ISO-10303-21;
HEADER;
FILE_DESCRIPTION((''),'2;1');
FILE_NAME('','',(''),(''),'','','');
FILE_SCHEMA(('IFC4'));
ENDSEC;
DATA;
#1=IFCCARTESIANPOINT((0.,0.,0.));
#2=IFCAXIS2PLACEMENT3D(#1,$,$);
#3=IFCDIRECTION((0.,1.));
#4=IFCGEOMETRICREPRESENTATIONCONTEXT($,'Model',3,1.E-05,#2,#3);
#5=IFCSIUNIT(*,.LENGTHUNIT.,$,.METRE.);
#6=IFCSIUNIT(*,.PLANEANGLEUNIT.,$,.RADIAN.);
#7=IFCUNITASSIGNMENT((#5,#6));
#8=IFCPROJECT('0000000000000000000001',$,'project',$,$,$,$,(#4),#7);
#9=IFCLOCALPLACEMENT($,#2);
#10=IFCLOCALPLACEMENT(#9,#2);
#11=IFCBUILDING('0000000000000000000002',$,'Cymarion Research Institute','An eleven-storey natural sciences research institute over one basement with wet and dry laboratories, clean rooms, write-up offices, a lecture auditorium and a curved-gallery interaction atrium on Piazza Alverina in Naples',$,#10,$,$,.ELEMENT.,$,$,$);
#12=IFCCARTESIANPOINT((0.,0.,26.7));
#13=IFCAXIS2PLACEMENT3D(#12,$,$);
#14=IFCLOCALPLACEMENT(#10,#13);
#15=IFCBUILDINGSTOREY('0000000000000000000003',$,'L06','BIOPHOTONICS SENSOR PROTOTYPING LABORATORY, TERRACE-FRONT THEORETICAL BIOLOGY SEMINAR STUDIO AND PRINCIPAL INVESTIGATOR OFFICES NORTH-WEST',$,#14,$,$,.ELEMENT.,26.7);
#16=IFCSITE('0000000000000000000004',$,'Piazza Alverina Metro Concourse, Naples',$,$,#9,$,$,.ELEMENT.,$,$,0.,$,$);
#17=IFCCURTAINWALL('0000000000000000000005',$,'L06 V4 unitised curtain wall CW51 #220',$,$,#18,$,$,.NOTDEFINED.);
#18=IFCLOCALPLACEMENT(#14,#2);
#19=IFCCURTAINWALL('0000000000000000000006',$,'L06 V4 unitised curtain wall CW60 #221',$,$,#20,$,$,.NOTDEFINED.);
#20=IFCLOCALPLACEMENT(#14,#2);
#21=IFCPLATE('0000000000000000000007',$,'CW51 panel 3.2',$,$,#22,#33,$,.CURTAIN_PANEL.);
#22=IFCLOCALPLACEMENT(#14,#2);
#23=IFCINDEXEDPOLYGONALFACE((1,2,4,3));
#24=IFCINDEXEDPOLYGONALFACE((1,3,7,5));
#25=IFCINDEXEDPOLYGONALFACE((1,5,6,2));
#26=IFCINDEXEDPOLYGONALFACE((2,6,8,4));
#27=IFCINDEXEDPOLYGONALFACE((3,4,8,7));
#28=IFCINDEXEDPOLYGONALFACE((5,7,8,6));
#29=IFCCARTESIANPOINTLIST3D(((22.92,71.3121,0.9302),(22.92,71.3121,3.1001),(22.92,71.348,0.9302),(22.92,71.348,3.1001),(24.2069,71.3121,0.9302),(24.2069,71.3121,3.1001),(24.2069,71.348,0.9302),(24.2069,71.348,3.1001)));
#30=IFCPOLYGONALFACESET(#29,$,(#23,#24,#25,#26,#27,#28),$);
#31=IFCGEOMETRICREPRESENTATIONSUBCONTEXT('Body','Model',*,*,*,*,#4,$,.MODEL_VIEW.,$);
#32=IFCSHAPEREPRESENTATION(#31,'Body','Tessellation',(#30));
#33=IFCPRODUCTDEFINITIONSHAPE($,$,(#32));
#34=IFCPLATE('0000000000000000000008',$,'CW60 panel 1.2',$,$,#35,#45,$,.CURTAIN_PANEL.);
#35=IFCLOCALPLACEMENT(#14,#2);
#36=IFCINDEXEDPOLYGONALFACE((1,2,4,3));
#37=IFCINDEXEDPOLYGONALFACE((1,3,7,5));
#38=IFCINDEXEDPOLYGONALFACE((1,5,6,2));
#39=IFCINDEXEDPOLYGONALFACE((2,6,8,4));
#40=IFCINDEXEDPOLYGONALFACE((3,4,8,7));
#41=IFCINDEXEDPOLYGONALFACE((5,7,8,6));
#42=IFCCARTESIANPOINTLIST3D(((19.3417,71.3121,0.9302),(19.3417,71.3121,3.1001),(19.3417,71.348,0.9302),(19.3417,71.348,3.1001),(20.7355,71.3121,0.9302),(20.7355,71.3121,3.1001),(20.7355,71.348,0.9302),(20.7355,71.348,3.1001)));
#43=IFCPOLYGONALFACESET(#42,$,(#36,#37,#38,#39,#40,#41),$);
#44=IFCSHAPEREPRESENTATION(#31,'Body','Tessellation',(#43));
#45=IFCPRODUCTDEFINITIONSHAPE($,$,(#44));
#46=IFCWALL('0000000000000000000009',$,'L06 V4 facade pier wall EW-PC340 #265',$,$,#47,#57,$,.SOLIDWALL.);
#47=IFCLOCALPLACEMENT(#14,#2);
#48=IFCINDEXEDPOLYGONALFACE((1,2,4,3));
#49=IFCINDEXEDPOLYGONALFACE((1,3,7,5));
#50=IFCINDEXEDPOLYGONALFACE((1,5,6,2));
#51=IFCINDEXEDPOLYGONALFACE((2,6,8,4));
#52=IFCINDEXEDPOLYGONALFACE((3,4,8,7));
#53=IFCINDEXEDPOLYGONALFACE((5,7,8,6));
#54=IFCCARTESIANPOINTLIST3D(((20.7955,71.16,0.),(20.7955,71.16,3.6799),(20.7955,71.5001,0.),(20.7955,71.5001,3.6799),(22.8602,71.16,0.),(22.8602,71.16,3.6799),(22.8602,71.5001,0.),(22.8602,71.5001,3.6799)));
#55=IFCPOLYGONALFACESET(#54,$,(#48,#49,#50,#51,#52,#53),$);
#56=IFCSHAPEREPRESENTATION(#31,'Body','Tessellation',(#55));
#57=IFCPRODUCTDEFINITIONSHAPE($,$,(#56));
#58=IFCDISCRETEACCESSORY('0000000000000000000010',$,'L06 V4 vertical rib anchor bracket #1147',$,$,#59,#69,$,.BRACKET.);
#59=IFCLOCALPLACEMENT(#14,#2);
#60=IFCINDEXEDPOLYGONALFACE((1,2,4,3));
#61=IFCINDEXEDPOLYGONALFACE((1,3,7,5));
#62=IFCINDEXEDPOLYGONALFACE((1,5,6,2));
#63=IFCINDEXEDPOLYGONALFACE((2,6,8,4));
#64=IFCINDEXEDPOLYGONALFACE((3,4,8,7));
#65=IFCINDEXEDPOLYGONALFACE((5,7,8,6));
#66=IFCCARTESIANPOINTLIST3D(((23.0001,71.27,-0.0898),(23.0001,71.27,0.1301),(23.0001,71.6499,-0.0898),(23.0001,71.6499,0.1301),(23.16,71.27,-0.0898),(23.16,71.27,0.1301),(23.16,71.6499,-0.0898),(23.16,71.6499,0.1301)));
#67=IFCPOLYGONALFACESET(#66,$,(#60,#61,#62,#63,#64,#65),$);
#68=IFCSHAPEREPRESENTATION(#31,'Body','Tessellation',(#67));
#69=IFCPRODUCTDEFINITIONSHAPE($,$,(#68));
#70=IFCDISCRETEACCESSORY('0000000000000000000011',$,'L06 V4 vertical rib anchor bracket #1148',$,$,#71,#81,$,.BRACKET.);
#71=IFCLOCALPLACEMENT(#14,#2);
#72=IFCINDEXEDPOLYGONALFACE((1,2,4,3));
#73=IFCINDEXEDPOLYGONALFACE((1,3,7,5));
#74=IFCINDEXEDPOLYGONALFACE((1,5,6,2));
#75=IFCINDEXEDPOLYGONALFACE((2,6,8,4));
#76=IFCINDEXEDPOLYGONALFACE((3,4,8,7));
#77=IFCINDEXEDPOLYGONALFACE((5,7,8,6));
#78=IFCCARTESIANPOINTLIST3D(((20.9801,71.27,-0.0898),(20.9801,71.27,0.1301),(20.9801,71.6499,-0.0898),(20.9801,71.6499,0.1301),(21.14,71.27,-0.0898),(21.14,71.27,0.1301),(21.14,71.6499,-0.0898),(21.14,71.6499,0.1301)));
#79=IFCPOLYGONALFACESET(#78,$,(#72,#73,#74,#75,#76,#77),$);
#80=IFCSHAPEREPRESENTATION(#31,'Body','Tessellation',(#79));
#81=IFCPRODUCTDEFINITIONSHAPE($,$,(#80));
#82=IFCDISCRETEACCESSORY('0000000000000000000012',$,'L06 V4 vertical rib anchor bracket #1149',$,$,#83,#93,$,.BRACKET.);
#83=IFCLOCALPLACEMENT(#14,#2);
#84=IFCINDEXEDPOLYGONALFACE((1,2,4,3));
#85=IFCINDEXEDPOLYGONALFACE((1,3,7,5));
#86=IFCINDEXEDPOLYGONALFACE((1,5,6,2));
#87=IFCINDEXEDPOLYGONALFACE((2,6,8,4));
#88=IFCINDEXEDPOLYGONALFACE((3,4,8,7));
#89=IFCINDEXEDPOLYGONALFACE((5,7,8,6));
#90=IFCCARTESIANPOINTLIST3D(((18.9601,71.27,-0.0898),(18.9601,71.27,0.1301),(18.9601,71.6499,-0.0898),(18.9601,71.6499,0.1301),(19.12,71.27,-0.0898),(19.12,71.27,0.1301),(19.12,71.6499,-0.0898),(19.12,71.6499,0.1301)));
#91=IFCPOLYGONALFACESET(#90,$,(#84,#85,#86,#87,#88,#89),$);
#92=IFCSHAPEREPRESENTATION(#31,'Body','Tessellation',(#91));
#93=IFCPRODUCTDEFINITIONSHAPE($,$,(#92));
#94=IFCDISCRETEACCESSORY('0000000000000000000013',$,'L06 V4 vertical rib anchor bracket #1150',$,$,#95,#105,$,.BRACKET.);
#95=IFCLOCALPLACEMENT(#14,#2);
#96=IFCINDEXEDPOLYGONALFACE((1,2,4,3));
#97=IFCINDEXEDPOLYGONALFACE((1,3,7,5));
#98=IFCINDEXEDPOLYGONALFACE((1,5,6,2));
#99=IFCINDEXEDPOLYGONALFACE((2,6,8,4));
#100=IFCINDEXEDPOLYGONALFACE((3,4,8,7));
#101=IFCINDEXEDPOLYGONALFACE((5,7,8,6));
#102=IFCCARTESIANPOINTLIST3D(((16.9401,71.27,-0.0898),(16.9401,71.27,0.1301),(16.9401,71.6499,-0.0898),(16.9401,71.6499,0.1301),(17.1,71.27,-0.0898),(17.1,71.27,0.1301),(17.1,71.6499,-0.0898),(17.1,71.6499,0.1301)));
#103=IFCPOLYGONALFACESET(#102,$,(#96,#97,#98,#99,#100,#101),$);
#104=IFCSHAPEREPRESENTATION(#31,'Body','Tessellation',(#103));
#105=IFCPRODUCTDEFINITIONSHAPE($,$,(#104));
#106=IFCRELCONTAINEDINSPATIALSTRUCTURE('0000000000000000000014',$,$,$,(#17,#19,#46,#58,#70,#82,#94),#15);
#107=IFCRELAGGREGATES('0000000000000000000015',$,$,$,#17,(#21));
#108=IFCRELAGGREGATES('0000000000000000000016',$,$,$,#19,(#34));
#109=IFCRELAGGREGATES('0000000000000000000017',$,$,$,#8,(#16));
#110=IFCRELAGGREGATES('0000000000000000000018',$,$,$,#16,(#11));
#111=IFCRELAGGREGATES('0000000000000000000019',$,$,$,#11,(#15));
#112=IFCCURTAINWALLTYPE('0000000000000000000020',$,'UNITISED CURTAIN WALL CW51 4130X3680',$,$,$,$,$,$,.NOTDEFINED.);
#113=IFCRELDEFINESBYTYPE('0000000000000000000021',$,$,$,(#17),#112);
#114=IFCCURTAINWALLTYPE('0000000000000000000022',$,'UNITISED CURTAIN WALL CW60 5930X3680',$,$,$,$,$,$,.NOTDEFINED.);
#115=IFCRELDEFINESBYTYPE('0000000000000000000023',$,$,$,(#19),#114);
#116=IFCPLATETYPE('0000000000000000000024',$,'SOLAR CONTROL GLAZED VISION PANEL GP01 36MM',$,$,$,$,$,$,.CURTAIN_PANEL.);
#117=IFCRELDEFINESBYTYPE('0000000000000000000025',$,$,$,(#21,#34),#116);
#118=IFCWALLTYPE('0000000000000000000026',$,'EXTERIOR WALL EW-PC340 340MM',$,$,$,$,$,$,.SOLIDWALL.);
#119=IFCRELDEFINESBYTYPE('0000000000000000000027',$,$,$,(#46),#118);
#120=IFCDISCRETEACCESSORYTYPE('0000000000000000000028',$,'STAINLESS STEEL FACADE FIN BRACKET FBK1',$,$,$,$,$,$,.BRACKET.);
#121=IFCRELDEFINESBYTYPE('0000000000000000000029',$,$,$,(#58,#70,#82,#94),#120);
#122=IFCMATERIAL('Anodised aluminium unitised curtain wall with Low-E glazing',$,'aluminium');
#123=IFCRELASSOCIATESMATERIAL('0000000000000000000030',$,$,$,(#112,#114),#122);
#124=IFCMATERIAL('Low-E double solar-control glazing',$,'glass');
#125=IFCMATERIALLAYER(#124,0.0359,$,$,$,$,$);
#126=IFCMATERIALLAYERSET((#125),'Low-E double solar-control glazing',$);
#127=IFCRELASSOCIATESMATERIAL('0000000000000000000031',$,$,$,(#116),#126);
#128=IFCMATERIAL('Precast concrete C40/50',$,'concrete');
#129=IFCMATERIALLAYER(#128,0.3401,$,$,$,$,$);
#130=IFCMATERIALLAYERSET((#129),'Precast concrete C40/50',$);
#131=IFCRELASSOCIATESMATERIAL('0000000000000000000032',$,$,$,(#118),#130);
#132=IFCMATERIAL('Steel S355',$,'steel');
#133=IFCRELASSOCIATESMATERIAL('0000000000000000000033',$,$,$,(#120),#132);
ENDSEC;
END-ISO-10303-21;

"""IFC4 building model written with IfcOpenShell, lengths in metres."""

from ifc_helpers import new_model, si_unit, direction, frame, frame_2d, origin, origin_2d, place, context, subcontext, project, spatial, rectangle, extrude, material, layer, layer_set, type_object, element, aggregate, save


model = new_model("IFC4")

# Units and contexts
model_context = context("Model", 3, precision=1e-05, world=origin(), true_north=direction((0.0, 1.0)))
body_context = subcontext(model_context, "Body", "Model", "MODEL_VIEW")
ifc_project = project(units=[si_unit("LENGTHUNIT", "METRE"), si_unit("PLANEANGLEUNIT", "RADIAN")], contexts=[model_context])

# Site, building, storey
site_placement = place(None, origin())
site = spatial("IfcSite", under=ifc_project, at=site_placement, Name="Piazza Alverina Metro Concourse, Naples", CompositionType="ELEMENT", RefElevation=0.0)
building_placement = place(site_placement, origin())
building = spatial("IfcBuilding", under=site, at=building_placement, Name="Cymarion Research Institute", Description="An eleven-storey natural sciences research institute over one basement with wet and dry laboratories, clean rooms, write-up offices, a lecture auditorium and a curved-gallery interaction atrium on Piazza Alverina in Naples", CompositionType="ELEMENT")
storey_placement = place(building_placement, frame((0.0, 0.0, 26.7)))
storey = spatial("IfcBuildingStorey", under=building, at=storey_placement, Name="L06", Description="BIOPHOTONICS SENSOR PROTOTYPING LABORATORY, TERRACE-FRONT THEORETICAL BIOLOGY SEMINAR STUDIO AND PRINCIPAL INVESTIGATOR OFFICES NORTH-WEST", CompositionType="ELEMENT", Elevation=26.7)

# Curtain wall
ifc_material_1 = material(Name="Anodised aluminium unitised curtain wall with Low-E glazing", Category="aluminium")
curtain_wall_type_1 = type_object("IfcCurtainWallType", Name="UNITISED CURTAIN WALL CW51 4130X3680", PredefinedType="NOTDEFINED", material=ifc_material_1)
curtain_wall_1_placement = place(storey_placement, origin())
curtain_wall_1 = element("IfcCurtainWall", 1, at=curtain_wall_1_placement, inside=storey, type_object=curtain_wall_type_1, Name="L06 V4 unitised curtain wall CW51 #220", PredefinedType="NOTDEFINED")

# Curtain wall
curtain_wall_type_2 = type_object("IfcCurtainWallType", Name="UNITISED CURTAIN WALL CW60 5930X3680", PredefinedType="NOTDEFINED", material=ifc_material_1)
curtain_wall_2_placement = place(storey_placement, origin())
curtain_wall_2 = element("IfcCurtainWall", 2, at=curtain_wall_2_placement, inside=storey, type_object=curtain_wall_type_2, Name="L06 V4 unitised curtain wall CW60 #221", PredefinedType="NOTDEFINED")

# Plates
ifc_material_2 = material(Name="Low-E double solar-control glazing", Category="glass")
ifc_layer_1 = layer(ifc_material_2, 0.0359)
ifc_layer_set_1 = layer_set([ifc_layer_1], Name="Low-E double solar-control glazing")
plate_type_1 = type_object("IfcPlateType", Name="SOLAR CONTROL GLAZED VISION PANEL GP01 36MM", PredefinedType="CURTAIN_PANEL", material=ifc_layer_set_1)
plate_1_placement = place(storey_placement, frame((23.5635, 71.3301, 0.9302), z_axis=(0.0, 0.0, 1.0), x_axis=(-1.0, 0.0, 0.0)))
plate_1 = element("IfcPlate", 3, at=plate_1_placement, type_object=plate_type_1, Name="CW51 panel 3.2", PredefinedType="CURTAIN_PANEL", context=body_context, shape_type="SweptSolid", body=[
    extrude(rectangle(XDim=1.2869, YDim=0.0359, at=origin_2d()), origin(), (0.0, 0.0, 1.0), 2.1699),
])
aggregate(curtain_wall_1, [plate_1])
plate_2_placement = place(storey_placement, frame((20.0386, 71.3301, 0.9302), z_axis=(0.0, 0.0, 1.0), x_axis=(-1.0, 0.0, 0.0)))
plate_2 = element("IfcPlate", 4, at=plate_2_placement, type_object=plate_type_1, Name="CW60 panel 1.2", PredefinedType="CURTAIN_PANEL", context=body_context, shape_type="SweptSolid", body=[
    extrude(rectangle(XDim=1.3938, YDim=0.0359, at=origin_2d()), origin(), (0.0, 0.0, 1.0), 2.1699),
])
aggregate(curtain_wall_2, [plate_2])

# Wall
ifc_material_3 = material(Name="Precast concrete C40/50", Category="concrete")
ifc_layer_2 = layer(ifc_material_3, 0.3401)
ifc_layer_set_2 = layer_set([ifc_layer_2], Name="Precast concrete C40/50")
wall_type = type_object("IfcWallType", Name="EXTERIOR WALL EW-PC340 340MM", PredefinedType="SOLIDWALL", material=ifc_layer_set_2)
wall_placement = place(storey_placement, frame((22.8601, 71.3301, 0.0), z_axis=(0.0, 0.0, 1.0), x_axis=(-1.0, 0.0, 0.0)))
element("IfcWall", 5, at=wall_placement, inside=storey, type_object=wall_type, Name="L06 V4 facade pier wall EW-PC340 #265", PredefinedType="SOLIDWALL", context=body_context, shape_type="SweptSolid", body=[
    extrude(rectangle(XDim=2.0647, YDim=0.3401, at=frame_2d((1.0322, 0.0))), origin(), (0.0, 0.0, 1.0), 3.6799),
])

# Discrete accessories
ifc_material_4 = material(Name="Steel S355", Category="steel")
discrete_accessory_type = type_object("IfcDiscreteAccessoryType", Name="STAINLESS STEEL FACADE FIN BRACKET FBK1", PredefinedType="BRACKET", material=ifc_material_4)
for number, where, z_axis, x_axis, name in (
    (6, (23.0801, 71.46, -0.0898), (0.0, 0.0, 1.0), (0.0, 1.0, 0.0), "L06 V4 vertical rib anchor bracket #1147"),
    (7, (21.0601, 71.46, -0.0898), (0.0, 0.0, 1.0), (0.0, 1.0, 0.0), "L06 V4 vertical rib anchor bracket #1148"),
    (8, (19.04, 71.46, -0.0898), (0.0, 0.0, 1.0), (0.0, 1.0, 0.0), "L06 V4 vertical rib anchor bracket #1149"),
    (9, (17.02, 71.46, -0.0898), (0.0, 0.0, 1.0), (0.0, 1.0, 0.0), "L06 V4 vertical rib anchor bracket #1150"),
):
    element("IfcDiscreteAccessory", number, at=place(storey_placement, frame(where, z_axis=z_axis, x_axis=x_axis)), inside=storey, type_object=discrete_accessory_type, Name=name, PredefinedType="BRACKET", context=body_context, shape_type="SweptSolid", body=[
        extrude(rectangle(XDim=0.3799, YDim=0.1599, at=origin_2d()), origin(), (0.0, 0.0, 1.0), 0.22),
    ])

save(model, "model.ifc")
